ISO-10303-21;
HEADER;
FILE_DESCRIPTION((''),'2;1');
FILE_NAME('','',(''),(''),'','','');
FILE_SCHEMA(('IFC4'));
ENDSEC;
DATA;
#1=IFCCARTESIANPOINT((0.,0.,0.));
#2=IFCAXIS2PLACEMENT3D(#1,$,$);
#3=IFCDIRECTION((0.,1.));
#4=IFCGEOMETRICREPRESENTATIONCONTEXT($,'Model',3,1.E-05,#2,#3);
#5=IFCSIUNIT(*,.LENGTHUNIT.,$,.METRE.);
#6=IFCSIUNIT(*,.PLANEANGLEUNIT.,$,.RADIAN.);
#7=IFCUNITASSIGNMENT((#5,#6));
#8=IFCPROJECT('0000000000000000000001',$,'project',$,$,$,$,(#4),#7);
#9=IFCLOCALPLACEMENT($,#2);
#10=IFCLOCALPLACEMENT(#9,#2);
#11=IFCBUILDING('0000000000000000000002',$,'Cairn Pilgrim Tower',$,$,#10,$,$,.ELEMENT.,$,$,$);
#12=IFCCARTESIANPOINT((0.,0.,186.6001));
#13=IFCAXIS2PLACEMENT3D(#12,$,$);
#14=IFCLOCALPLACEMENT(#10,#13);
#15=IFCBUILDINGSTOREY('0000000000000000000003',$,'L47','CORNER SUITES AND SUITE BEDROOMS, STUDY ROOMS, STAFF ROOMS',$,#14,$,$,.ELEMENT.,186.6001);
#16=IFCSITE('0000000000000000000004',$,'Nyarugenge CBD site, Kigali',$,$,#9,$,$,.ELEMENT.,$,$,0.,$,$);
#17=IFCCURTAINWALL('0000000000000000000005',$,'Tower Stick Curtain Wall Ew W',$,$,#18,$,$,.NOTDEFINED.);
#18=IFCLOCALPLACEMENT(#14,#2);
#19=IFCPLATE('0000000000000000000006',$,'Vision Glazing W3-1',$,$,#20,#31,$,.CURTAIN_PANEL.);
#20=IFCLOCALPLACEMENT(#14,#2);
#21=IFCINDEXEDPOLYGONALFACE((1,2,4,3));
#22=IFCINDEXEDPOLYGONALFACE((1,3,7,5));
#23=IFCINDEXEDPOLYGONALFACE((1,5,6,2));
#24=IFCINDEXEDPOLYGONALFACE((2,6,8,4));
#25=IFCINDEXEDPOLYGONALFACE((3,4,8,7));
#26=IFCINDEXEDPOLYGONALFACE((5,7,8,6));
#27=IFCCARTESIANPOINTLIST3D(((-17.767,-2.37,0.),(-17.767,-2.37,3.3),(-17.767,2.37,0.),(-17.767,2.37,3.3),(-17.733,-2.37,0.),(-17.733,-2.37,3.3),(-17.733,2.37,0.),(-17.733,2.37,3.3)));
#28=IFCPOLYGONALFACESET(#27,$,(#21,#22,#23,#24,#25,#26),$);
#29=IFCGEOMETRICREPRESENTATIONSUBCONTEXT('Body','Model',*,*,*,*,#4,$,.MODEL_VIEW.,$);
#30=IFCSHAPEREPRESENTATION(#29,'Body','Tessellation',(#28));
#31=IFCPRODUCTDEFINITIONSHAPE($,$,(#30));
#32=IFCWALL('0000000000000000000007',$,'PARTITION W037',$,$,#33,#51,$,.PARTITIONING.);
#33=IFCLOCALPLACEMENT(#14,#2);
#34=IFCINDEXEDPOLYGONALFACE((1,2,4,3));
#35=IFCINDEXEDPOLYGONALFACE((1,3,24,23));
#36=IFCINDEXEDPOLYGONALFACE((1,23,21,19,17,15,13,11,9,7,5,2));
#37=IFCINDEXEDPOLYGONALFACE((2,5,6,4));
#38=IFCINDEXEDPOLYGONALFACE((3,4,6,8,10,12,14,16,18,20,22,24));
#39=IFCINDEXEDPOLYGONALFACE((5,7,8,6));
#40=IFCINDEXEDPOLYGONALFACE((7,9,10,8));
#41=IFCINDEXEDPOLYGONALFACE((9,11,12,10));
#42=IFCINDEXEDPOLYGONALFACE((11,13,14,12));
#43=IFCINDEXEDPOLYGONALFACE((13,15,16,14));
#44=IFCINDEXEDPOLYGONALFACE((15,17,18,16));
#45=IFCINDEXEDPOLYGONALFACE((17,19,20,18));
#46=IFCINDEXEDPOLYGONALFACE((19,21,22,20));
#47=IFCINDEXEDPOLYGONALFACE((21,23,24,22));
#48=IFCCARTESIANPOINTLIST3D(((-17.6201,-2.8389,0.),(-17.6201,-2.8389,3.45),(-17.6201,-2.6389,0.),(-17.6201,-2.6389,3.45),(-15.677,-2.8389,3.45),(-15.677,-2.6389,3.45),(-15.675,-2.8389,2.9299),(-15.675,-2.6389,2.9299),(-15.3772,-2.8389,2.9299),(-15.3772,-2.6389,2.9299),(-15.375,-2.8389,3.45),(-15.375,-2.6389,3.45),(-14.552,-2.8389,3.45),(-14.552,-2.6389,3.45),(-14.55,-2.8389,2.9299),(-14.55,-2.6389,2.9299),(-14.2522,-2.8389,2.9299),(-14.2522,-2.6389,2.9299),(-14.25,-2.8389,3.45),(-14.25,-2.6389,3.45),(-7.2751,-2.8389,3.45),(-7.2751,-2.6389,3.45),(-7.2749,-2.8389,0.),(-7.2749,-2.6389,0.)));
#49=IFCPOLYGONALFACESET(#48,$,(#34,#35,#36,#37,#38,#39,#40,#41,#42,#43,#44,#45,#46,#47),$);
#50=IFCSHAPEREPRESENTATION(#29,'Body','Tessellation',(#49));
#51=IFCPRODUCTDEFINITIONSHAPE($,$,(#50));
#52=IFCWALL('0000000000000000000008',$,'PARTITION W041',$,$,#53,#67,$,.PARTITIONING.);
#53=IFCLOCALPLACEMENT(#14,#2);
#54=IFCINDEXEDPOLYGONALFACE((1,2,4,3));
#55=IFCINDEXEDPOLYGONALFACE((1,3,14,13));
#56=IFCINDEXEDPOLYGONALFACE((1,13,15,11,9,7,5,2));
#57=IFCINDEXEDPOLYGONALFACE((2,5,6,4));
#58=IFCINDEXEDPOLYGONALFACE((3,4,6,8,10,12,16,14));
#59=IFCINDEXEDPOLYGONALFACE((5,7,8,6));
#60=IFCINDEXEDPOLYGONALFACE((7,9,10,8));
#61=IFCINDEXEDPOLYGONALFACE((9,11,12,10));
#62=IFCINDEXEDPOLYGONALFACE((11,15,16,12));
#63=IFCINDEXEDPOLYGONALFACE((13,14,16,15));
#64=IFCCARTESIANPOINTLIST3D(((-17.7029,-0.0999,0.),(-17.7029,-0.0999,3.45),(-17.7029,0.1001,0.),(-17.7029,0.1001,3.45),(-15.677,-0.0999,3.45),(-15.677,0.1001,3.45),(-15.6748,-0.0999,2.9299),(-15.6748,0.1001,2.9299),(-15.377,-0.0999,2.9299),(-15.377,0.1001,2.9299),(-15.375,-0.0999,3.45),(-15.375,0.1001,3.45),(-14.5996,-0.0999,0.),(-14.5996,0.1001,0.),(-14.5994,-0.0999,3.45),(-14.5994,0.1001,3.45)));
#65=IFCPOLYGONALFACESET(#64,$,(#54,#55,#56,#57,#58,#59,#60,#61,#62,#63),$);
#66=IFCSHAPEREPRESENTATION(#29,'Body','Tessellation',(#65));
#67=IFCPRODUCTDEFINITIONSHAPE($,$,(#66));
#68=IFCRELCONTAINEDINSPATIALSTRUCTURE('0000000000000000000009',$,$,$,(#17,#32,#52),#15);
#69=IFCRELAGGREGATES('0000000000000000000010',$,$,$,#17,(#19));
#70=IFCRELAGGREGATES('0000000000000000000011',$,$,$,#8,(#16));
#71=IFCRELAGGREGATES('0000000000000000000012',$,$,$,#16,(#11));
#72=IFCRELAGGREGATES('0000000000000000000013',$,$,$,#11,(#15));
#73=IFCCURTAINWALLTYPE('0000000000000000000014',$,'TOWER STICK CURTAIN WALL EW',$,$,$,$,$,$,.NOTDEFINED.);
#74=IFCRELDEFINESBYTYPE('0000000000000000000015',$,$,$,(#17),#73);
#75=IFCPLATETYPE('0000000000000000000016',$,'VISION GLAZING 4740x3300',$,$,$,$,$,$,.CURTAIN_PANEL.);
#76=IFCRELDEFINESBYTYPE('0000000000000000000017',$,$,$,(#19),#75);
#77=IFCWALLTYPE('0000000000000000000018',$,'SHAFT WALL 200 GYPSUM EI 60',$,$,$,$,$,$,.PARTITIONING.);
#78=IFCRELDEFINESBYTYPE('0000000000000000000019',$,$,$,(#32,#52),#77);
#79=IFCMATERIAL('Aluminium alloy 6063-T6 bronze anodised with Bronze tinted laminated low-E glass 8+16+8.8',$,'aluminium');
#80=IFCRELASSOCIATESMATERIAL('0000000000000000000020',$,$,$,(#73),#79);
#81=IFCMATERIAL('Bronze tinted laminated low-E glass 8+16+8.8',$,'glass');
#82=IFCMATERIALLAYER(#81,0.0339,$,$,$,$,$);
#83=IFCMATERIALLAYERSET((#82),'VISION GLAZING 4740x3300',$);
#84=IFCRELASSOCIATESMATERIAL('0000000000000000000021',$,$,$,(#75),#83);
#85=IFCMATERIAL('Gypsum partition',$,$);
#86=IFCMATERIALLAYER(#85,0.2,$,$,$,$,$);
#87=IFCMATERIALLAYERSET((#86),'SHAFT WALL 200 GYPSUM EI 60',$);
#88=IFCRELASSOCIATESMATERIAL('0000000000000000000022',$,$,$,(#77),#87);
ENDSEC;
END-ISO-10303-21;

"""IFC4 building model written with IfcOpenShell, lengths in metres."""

from ifc_helpers import new_model, si_unit, direction, frame, origin, origin_2d, place, context, subcontext, project, spatial, polyline, rectangle, outline, extrude, material, layer, layer_set, type_object, element, aggregate, save


model = new_model("IFC4")

# Units and contexts
model_context = context("Model", 3, precision=1e-05, world=origin(), true_north=direction((0.0, 1.0)))
body_context = subcontext(model_context, "Body", "Model", "MODEL_VIEW")
ifc_project = project(units=[si_unit("LENGTHUNIT", "METRE"), si_unit("PLANEANGLEUNIT", "RADIAN")], contexts=[model_context])

# Site, building, storey
site_placement = place(None, origin())
site = spatial("IfcSite", under=ifc_project, at=site_placement, Name="Nyarugenge CBD site, Kigali", CompositionType="ELEMENT", RefElevation=0.0)
building_placement = place(site_placement, origin())
building = spatial("IfcBuilding", under=site, at=building_placement, Name="Cairn Pilgrim Tower", CompositionType="ELEMENT")
storey_placement = place(building_placement, frame((0.0, 0.0, 186.6001)))
storey = spatial("IfcBuildingStorey", under=building, at=storey_placement, Name="L47", Description="CORNER SUITES AND SUITE BEDROOMS, STUDY ROOMS, STAFF ROOMS", CompositionType="ELEMENT", Elevation=186.6001)

# Curtain wall
ifc_material_1 = material(Name="Aluminium alloy 6063-T6 bronze anodised with Bronze tinted laminated low-E glass 8+16+8.8", Category="aluminium")
curtain_wall_type_1 = type_object("IfcCurtainWallType", Name="TOWER STICK CURTAIN WALL EW", PredefinedType="NOTDEFINED", material=ifc_material_1)
curtain_wall_1_placement = place(storey_placement, origin())
curtain_wall_1 = element("IfcCurtainWall", 1, at=curtain_wall_1_placement, inside=storey, type_object=curtain_wall_type_1, Name="Tower Stick Curtain Wall Ew W", PredefinedType="NOTDEFINED")

# Plate
ifc_material_2 = material(Name="Bronze tinted laminated low-E glass 8+16+8.8", Category="glass")
ifc_layer_1 = layer(ifc_material_2, 0.0339)
ifc_layer_set_1 = layer_set([ifc_layer_1], Name="VISION GLAZING 4740x3300")
plate_type_1 = type_object("IfcPlateType", Name="VISION GLAZING 4740x3300", PredefinedType="CURTAIN_PANEL", material=ifc_layer_set_1)
plate_1_placement = place(storey_placement, frame((-17.75, 0.0, 0.0), z_axis=(0.0, 0.0, 1.0), x_axis=(0.0, -1.0, 0.0)))
plate_1 = element("IfcPlate", 2, at=plate_1_placement, type_object=plate_type_1, Name="Vision Glazing W3-1", PredefinedType="CURTAIN_PANEL", context=body_context, shape_type="SweptSolid", body=[
    extrude(rectangle(XDim=4.74, YDim=0.0339, at=origin_2d()), origin(), (0.0, 0.0, 1.0), 3.3),
])
aggregate(curtain_wall_1, [plate_1])

# Walls
ifc_material_3 = material(Name="Gypsum partition")
ifc_layer_2 = layer(ifc_material_3, 0.2)
ifc_layer_set_2 = layer_set([ifc_layer_2], Name="SHAFT WALL 200 GYPSUM EI 60")
wall_type_1 = type_object("IfcWallType", Name="SHAFT WALL 200 GYPSUM EI 60", PredefinedType="PARTITIONING", material=ifc_layer_set_2)
wall_1_placement = place(storey_placement, frame((-17.6201, -2.739, 0.0), z_axis=(0.0, 0.0, 1.0), x_axis=(1.0, 0.0, 0.0)))
element("IfcWall", 3, at=wall_1_placement, inside=storey, type_object=wall_type_1, Name="PARTITION W037", PredefinedType="PARTITIONING", context=body_context, shape_type="SweptSolid", body=[
    extrude(outline(polyline([(0.0, 0.0), (10.3452, 0.0), (10.345, 3.45), (3.3701, 3.45), (3.3679, 2.9299), (3.0701, 2.9299), (3.0681, 3.45), (2.2451, 3.45), (2.2429, 2.9299), (1.9451, 2.9299), (1.9431, 3.45), (0.0, 3.45), (0.0, 0.0)])), frame((0.0, 0.1001, 0.0), z_axis=(0.0, -1.0, 0.0), x_axis=(1.0, 0.0, 0.0)), (0.0, 0.0, 1.0), 0.2),
])
wall_2_placement = place(storey_placement, frame((-17.7029, 0.0, 0.0), z_axis=(0.0, 0.0, 1.0), x_axis=(1.0, 0.0, 0.0)))
element("IfcWall", 4, at=wall_2_placement, inside=storey, type_object=wall_type_1, Name="PARTITION W041", PredefinedType="PARTITIONING", context=body_context, shape_type="SweptSolid", body=[
    extrude(outline(polyline([(0.0, 0.0), (3.1033, 0.0), (3.1035, 3.45), (2.3279, 3.45), (2.3259, 2.9299), (2.0281, 2.9299), (2.0259, 3.45), (0.0, 3.45), (0.0, 0.0)])), frame((0.0, 0.1001, 0.0), z_axis=(0.0, -1.0, 0.0), x_axis=(1.0, 0.0, 0.0)), (0.0, 0.0, 1.0), 0.2),
])

save(model, "model.ifc")
